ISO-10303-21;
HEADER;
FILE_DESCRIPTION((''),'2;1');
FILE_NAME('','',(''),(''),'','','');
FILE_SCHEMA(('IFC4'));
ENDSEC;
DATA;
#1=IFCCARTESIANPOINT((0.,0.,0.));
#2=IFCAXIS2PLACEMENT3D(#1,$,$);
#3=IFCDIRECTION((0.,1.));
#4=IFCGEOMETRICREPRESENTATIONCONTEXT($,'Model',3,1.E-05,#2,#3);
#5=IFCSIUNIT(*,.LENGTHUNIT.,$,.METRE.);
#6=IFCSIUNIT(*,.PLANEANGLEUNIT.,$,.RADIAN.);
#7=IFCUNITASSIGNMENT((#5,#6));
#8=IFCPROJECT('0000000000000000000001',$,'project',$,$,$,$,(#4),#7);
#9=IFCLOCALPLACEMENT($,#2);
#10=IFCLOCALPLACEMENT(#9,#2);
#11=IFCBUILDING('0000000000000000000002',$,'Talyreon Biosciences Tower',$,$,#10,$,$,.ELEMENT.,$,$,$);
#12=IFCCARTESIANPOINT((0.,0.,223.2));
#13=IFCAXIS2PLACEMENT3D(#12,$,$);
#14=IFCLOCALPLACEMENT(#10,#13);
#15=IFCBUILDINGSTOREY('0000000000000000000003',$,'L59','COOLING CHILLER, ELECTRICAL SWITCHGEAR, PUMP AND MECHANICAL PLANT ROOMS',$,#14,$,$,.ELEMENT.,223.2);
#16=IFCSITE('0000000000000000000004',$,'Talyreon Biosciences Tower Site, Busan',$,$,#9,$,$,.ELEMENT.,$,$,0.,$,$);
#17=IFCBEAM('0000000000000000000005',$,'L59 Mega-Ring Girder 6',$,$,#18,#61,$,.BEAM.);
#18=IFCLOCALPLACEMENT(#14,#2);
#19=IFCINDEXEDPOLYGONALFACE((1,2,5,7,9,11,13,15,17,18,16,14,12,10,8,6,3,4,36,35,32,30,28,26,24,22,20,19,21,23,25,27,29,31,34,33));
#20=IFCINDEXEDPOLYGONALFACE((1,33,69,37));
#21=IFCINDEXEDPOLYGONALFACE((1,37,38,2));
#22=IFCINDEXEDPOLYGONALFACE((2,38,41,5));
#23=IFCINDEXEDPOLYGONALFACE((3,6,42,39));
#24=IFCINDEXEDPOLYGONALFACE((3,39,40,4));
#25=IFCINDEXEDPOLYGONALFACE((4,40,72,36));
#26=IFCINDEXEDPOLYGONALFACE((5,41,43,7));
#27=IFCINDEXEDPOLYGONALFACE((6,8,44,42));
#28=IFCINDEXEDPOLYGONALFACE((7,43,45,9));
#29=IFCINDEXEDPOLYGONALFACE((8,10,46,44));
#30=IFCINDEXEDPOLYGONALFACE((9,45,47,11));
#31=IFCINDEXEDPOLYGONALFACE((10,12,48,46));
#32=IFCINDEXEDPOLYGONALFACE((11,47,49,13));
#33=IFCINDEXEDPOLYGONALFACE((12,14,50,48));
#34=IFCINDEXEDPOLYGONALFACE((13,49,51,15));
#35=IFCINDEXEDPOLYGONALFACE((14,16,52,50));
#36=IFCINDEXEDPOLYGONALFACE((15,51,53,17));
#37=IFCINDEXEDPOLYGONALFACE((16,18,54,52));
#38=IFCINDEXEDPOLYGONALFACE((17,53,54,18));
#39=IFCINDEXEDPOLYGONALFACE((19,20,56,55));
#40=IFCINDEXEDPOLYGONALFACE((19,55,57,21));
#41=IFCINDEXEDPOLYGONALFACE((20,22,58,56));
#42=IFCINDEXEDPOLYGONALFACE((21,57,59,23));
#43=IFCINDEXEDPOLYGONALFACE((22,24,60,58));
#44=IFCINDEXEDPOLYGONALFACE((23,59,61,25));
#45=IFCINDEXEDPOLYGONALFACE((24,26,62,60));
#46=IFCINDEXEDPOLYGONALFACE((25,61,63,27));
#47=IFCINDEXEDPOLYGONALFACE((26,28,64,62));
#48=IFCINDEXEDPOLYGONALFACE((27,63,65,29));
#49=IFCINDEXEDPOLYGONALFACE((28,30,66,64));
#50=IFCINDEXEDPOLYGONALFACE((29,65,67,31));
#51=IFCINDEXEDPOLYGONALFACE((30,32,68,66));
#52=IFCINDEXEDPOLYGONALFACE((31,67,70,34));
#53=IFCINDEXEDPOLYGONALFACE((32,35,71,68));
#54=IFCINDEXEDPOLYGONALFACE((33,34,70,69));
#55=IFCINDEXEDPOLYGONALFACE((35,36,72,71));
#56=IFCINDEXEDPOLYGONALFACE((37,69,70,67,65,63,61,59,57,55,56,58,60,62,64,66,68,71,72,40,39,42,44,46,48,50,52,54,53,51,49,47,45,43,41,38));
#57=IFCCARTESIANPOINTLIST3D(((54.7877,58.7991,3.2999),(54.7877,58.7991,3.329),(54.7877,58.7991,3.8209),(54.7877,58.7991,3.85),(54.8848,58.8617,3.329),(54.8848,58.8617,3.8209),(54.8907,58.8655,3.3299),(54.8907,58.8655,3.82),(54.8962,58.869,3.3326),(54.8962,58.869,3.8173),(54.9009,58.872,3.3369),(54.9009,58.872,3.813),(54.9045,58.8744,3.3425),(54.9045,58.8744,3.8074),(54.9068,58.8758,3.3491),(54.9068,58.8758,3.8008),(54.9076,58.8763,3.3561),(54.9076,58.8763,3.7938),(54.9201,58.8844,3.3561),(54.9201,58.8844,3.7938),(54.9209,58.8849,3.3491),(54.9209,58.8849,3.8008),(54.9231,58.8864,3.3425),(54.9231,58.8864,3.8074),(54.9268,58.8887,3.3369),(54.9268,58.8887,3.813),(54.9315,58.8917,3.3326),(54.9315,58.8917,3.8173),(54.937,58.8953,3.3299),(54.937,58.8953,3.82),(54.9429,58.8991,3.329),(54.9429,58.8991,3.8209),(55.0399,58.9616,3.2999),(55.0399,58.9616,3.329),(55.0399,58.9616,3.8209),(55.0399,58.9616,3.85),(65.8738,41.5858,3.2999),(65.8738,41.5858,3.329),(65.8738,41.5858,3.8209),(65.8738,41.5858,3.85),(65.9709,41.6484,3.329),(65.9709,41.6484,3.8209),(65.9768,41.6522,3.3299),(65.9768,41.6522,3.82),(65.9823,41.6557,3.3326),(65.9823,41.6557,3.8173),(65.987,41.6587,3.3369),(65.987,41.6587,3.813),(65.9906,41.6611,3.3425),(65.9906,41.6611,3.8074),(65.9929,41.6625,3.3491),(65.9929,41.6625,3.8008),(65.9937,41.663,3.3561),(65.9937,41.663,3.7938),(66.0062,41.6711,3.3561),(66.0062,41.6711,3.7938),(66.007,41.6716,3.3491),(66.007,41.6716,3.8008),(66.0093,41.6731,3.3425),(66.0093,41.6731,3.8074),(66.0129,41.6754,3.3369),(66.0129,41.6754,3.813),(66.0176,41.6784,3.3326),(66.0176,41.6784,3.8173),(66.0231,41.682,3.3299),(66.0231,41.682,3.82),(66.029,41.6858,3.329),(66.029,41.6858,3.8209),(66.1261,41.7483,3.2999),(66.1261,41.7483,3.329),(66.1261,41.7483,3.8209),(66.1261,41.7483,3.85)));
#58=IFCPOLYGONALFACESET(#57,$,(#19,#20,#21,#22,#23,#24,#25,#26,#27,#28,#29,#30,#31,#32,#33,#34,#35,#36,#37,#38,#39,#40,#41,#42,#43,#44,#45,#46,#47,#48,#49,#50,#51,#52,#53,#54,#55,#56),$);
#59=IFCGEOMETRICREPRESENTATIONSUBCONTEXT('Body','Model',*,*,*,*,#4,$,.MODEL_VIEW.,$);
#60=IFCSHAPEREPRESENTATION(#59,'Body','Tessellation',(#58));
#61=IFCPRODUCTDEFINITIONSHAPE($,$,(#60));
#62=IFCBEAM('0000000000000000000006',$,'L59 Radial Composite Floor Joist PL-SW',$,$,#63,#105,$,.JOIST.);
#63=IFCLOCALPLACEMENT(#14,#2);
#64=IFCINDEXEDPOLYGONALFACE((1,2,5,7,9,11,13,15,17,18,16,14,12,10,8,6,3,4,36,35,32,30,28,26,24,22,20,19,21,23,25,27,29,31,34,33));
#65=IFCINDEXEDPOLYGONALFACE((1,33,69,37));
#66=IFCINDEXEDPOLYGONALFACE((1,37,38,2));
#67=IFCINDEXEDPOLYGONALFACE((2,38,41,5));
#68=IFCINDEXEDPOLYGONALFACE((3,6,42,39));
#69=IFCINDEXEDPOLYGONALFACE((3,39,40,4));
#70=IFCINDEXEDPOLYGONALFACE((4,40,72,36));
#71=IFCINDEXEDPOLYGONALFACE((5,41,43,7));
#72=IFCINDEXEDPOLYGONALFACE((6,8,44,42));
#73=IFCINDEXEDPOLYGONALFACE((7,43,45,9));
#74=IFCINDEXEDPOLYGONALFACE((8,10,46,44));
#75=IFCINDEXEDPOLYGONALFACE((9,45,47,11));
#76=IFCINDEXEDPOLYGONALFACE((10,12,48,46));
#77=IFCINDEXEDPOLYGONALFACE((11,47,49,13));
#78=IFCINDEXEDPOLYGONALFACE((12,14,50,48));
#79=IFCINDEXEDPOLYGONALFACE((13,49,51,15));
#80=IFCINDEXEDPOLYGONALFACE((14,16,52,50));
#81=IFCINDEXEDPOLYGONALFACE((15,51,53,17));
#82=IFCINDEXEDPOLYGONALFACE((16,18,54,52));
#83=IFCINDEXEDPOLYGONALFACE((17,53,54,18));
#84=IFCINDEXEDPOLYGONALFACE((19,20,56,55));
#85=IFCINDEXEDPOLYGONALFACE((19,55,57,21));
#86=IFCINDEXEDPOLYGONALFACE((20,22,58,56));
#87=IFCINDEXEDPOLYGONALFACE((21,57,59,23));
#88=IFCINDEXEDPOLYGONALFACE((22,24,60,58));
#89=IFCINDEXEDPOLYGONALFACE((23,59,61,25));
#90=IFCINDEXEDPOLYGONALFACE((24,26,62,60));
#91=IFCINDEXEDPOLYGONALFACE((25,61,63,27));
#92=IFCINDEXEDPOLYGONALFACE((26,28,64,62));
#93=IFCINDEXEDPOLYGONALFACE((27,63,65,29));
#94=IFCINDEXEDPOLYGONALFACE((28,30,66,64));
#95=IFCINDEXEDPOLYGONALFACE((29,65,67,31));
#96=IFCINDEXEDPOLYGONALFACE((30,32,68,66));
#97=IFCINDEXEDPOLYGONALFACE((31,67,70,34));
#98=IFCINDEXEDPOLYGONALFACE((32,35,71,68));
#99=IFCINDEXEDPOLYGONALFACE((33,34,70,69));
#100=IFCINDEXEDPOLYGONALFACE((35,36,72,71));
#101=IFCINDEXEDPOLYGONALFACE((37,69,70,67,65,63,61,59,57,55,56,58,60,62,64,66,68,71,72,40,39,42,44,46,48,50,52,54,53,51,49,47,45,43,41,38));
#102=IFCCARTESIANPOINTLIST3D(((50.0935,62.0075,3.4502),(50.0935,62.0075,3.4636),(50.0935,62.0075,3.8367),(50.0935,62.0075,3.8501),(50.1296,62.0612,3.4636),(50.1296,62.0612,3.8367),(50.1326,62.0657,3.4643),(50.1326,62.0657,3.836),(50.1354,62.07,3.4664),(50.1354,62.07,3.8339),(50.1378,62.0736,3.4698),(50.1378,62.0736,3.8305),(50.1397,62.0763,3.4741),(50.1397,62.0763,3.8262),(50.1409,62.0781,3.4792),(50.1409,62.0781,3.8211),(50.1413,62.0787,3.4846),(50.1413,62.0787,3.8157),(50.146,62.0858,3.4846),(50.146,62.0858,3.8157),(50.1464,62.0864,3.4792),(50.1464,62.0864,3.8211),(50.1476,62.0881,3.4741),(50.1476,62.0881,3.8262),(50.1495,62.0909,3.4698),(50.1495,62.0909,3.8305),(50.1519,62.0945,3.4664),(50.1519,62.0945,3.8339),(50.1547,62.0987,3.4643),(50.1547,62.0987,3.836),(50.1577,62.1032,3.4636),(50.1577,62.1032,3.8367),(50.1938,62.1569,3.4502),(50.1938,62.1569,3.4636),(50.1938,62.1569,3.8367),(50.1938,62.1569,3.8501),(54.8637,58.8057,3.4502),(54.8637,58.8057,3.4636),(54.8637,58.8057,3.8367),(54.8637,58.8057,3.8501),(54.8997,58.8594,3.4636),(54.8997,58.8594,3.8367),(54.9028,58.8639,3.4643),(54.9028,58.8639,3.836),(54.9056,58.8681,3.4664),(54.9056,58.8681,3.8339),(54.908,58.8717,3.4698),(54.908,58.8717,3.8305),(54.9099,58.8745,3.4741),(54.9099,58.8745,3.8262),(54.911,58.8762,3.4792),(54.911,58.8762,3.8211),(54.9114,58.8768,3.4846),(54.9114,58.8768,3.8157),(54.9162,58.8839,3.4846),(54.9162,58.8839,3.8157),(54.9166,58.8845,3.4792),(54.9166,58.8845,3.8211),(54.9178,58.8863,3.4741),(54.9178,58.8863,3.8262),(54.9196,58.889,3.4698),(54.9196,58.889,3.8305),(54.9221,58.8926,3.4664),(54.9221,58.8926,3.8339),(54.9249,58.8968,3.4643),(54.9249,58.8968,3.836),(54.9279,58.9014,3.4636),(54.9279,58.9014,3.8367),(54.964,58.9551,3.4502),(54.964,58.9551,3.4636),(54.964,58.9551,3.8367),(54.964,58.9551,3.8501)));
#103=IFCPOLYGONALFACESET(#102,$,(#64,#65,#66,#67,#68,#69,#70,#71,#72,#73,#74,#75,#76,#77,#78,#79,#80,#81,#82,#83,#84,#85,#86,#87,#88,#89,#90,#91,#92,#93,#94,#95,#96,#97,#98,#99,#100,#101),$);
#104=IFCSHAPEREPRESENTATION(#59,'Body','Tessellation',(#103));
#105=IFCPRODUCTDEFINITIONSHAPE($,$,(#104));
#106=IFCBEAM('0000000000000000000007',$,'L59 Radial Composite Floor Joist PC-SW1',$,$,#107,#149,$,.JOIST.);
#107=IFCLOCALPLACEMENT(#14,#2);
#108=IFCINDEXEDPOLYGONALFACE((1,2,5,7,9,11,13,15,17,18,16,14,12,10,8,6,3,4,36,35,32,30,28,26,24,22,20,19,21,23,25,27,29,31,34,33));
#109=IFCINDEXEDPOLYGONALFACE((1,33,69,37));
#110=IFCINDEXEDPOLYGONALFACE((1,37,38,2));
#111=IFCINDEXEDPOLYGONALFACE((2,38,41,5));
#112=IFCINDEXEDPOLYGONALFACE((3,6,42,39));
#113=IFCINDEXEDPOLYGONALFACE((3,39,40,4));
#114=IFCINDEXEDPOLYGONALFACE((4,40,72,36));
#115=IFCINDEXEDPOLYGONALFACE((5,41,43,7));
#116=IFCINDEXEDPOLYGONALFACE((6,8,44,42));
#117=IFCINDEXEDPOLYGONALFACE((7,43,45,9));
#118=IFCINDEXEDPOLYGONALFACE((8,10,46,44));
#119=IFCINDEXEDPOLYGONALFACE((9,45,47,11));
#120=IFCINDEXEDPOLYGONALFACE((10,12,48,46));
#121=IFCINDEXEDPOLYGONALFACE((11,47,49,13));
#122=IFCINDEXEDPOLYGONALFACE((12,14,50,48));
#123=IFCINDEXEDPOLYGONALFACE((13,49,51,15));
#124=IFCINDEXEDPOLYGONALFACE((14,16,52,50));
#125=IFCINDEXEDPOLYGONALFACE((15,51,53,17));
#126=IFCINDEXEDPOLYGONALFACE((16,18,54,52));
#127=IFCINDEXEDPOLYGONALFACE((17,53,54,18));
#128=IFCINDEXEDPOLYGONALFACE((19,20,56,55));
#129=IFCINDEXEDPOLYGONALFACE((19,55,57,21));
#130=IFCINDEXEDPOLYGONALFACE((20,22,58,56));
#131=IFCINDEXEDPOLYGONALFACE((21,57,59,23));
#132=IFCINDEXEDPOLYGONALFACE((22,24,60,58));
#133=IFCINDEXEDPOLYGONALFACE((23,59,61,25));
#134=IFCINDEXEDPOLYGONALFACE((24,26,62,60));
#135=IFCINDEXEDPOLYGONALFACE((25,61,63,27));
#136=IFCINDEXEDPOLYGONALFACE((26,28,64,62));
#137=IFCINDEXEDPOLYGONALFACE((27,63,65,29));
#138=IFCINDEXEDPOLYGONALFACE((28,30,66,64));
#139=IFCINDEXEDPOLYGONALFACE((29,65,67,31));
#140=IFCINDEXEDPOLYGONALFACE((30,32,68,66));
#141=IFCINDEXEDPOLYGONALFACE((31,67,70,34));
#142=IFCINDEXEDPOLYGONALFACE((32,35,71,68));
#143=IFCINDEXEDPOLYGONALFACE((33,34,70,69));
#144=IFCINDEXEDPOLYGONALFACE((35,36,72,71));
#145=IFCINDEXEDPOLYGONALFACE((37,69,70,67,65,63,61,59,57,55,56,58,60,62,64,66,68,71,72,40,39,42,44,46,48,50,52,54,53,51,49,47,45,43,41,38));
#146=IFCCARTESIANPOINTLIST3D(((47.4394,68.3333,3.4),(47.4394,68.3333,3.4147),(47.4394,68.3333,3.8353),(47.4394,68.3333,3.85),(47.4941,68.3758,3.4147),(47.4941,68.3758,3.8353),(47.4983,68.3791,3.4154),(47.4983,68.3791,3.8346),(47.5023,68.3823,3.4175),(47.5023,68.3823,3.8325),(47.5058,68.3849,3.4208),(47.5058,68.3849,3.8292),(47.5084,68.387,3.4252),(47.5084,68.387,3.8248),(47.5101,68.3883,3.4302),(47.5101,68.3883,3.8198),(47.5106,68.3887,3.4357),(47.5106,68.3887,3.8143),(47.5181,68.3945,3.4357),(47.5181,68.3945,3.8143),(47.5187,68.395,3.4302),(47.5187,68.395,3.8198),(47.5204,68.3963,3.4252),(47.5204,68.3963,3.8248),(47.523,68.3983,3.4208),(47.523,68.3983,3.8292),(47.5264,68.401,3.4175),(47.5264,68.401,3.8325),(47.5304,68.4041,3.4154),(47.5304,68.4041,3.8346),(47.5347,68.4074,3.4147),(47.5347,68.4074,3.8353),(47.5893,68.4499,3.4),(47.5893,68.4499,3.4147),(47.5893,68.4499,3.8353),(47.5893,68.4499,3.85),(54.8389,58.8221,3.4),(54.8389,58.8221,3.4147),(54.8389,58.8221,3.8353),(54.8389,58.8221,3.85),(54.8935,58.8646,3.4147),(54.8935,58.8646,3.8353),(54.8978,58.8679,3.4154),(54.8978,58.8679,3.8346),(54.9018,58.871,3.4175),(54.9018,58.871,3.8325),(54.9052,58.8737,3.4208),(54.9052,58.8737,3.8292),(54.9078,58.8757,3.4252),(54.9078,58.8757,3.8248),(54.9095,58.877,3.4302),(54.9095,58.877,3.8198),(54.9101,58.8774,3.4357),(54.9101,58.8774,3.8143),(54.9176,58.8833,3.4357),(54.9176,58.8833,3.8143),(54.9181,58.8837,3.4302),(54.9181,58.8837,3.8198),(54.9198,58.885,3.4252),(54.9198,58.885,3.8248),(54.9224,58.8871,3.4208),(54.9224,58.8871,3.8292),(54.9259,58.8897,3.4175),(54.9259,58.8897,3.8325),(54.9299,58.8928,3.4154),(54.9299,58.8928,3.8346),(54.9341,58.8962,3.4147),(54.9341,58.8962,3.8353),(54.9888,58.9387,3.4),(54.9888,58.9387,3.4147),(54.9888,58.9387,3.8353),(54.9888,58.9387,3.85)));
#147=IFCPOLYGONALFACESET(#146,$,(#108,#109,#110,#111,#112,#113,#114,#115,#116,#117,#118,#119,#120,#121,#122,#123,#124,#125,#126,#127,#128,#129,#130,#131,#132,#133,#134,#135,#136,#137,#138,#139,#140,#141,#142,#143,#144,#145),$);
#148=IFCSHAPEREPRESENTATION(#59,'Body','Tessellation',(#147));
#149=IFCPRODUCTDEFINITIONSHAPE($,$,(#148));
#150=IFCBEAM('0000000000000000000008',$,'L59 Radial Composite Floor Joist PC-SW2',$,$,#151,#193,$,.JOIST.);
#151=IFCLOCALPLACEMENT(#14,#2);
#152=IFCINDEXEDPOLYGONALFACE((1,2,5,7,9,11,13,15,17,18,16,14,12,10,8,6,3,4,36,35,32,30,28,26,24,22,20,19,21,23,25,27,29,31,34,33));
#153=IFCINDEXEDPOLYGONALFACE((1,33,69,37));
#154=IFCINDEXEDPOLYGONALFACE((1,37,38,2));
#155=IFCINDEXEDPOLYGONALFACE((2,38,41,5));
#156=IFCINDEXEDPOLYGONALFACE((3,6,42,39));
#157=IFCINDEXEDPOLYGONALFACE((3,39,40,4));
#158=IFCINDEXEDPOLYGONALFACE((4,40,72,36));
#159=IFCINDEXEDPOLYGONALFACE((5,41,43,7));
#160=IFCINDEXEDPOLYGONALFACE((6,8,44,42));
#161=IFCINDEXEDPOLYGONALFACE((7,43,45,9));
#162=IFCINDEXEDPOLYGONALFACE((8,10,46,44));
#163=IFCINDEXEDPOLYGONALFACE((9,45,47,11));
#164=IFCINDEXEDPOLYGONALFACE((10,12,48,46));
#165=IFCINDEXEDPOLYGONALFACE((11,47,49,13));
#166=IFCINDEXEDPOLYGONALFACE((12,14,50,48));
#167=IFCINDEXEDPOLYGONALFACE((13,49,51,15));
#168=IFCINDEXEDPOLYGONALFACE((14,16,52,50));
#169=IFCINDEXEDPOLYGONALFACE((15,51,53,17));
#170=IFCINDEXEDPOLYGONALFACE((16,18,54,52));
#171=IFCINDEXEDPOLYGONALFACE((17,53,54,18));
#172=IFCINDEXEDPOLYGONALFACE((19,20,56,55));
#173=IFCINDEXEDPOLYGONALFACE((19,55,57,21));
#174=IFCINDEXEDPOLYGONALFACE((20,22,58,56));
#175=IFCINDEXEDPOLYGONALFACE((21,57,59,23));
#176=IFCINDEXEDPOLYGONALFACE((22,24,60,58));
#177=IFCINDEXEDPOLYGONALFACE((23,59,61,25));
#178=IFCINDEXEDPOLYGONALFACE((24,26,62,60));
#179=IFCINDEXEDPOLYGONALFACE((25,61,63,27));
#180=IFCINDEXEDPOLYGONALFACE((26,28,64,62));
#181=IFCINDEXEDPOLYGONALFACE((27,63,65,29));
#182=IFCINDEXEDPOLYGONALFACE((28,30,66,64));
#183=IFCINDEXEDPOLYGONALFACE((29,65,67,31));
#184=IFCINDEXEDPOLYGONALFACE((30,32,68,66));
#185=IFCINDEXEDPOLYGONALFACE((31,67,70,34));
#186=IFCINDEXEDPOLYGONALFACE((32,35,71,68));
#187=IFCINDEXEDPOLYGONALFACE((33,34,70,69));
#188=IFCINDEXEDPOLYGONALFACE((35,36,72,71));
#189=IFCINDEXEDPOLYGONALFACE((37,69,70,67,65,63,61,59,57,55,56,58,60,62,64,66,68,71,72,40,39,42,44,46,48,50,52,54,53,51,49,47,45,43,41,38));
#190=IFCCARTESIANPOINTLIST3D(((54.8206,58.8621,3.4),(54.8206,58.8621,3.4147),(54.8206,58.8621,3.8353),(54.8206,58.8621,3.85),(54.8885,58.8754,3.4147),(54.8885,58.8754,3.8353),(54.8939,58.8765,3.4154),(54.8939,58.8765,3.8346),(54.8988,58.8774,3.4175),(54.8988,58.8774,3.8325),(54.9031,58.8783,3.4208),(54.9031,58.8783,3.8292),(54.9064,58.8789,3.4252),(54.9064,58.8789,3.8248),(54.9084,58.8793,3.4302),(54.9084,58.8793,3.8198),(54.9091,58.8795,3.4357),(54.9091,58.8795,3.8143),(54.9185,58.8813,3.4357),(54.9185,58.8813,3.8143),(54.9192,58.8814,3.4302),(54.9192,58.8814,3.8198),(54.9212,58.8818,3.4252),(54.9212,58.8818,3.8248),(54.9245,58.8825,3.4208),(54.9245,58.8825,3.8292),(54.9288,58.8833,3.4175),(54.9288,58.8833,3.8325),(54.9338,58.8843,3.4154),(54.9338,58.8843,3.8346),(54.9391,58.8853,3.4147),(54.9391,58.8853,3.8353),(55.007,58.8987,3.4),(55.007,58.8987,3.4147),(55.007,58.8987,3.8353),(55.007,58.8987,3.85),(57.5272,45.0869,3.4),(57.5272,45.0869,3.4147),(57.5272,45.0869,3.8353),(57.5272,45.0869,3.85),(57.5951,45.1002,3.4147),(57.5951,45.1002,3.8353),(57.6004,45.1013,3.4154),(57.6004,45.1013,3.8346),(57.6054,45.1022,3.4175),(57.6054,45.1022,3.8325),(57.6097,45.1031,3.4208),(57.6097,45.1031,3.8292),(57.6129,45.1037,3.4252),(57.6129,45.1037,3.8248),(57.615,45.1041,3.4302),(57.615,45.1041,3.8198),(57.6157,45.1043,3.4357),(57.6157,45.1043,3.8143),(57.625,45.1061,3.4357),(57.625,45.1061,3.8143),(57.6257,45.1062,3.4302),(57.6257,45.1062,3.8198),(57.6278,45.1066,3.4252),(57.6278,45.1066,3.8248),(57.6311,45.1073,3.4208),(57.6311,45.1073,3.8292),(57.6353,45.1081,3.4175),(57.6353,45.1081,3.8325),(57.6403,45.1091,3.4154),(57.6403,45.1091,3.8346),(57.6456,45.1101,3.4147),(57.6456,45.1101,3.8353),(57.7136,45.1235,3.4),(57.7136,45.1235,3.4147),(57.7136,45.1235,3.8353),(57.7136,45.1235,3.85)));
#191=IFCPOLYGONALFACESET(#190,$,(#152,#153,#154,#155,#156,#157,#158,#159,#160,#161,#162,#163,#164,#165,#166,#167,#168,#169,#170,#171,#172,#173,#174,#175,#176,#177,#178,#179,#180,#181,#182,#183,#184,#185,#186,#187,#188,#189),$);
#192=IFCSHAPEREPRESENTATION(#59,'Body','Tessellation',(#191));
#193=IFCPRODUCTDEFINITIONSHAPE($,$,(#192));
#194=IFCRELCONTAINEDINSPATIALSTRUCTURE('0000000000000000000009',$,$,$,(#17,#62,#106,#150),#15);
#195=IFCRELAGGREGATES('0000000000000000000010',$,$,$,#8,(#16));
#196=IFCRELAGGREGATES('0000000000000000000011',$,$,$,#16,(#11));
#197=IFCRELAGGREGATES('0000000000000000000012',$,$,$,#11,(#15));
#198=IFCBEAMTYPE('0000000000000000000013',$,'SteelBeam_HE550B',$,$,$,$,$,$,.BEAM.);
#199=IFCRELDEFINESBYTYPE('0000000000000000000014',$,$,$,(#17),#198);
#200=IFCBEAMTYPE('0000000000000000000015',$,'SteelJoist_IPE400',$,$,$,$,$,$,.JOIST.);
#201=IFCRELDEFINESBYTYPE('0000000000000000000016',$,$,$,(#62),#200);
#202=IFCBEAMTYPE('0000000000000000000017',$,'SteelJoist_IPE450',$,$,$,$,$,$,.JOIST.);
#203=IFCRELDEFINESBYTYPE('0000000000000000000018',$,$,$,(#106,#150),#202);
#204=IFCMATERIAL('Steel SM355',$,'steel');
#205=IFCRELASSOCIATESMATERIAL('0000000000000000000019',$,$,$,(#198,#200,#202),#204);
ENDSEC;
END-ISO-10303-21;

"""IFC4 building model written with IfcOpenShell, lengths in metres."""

from ifc_helpers import new_model, si_unit, direction, frame, origin, origin_2d, place, context, subcontext, project, spatial, i_section, extrude, material, material_profile, profile_set, type_object, element, save


model = new_model("IFC4")

# Units and contexts
model_context = context("Model", 3, precision=1e-05, world=origin(), true_north=direction((0.0, 1.0)))
body_context = subcontext(model_context, "Body", "Model", "MODEL_VIEW")
ifc_project = project(units=[si_unit("LENGTHUNIT", "METRE"), si_unit("PLANEANGLEUNIT", "RADIAN")], contexts=[model_context])

# Site, building, storey
site_placement = place(None, origin())
site = spatial("IfcSite", under=ifc_project, at=site_placement, Name="Talyreon Biosciences Tower Site, Busan", CompositionType="ELEMENT", RefElevation=0.0)
building_placement = place(site_placement, origin())
building = spatial("IfcBuilding", under=site, at=building_placement, Name="Talyreon Biosciences Tower", CompositionType="ELEMENT")
storey_placement = place(building_placement, frame((0.0, 0.0, 223.2)))
storey = spatial("IfcBuildingStorey", under=building, at=storey_placement, Name="L59", Description="COOLING CHILLER, ELECTRICAL SWITCHGEAR, PUMP AND MECHANICAL PLANT ROOMS", CompositionType="ELEMENT", Elevation=223.2)

# Shared definitions
ifc_material_1 = material(Name="Steel SM355", Category="steel")

# Beams
ifc_material_profile_1 = material_profile(ifc_material_1, i_section(OverallWidth=0.3, OverallDepth=0.55, WebThickness=0.0149, FlangeThickness=0.0291, FilletRadius=0.0271, at=origin_2d()), Name="HE550B")
ifc_profile_set_1 = profile_set([ifc_material_profile_1], Name="Steel SM355")
beam_type_1 = type_object("IfcBeamType", Name="SteelBeam_HE550B", PredefinedType="BEAM", material=ifc_profile_set_1)
beam_1_placement = place(storey_placement, frame((54.9138, 58.8804, 3.575), z_axis=(0.541464, -0.840724, 0.0), x_axis=(0.840724, 0.541464, 0.0)))
element("IfcBeam", 1, at=beam_1_placement, inside=storey, type_object=beam_type_1, Name="L59 Mega-Ring Girder 6", PredefinedType="BEAM", context=body_context, shape_type="SweptSolid", body=[
    extrude(i_section(OverallWidth=0.3, OverallDepth=0.55, WebThickness=0.0149, FlangeThickness=0.0291, FilletRadius=0.0271, at=origin_2d()), origin(), (0.0, 0.0, 1.0), 20.4744),
])
ifc_material_profile_2 = material_profile(ifc_material_1, i_section(OverallWidth=0.1799, OverallDepth=0.3999, WebThickness=0.0085, FlangeThickness=0.0134, FilletRadius=0.021, at=origin_2d()), Name="IPE400")
ifc_profile_set_2 = profile_set([ifc_material_profile_2], Name="Steel SM355")
beam_type_2 = type_object("IfcBeamType", Name="SteelJoist_IPE400", PredefinedType="JOIST", material=ifc_profile_set_2)
beam_2_placement = place(storey_placement, frame((54.9138, 58.8804, 3.6501), z_axis=(-0.830301, 0.557316, 0.0), x_axis=(-0.557316, -0.830301, 0.0)))
element("IfcBeam", 2, at=beam_2_placement, inside=storey, type_object=beam_type_2, Name="L59 Radial Composite Floor Joist PL-SW", PredefinedType="JOIST", context=body_context, shape_type="SweptSolid", body=[
    extrude(i_section(OverallWidth=0.1799, OverallDepth=0.3999, WebThickness=0.0085, FlangeThickness=0.0134, FilletRadius=0.021, at=origin_2d()), origin(), (0.0, 0.0, 1.0), 5.7451),
])
ifc_material_profile_3 = material_profile(ifc_material_1, i_section(OverallWidth=0.1899, OverallDepth=0.45, WebThickness=0.0095, FlangeThickness=0.0146, FilletRadius=0.021, at=origin_2d()), Name="IPE450")
ifc_profile_set_3 = profile_set([ifc_material_profile_3], Name="Steel SM355")
beam_type_3 = type_object("IfcBeamType", Name="SteelJoist_IPE450", PredefinedType="JOIST", material=ifc_profile_set_3)
beam_3_placement = place(storey_placement, frame((54.9138, 58.8804, 3.625), z_axis=(-0.614033, 0.78928, 0.0), x_axis=(-0.78928, -0.614033, 0.0)))
element("IfcBeam", 3, at=beam_3_placement, inside=storey, type_object=beam_type_3, Name="L59 Radial Composite Floor Joist PC-SW1", PredefinedType="JOIST", context=body_context, shape_type="SweptSolid", body=[
    extrude(i_section(OverallWidth=0.1899, OverallDepth=0.45, WebThickness=0.0095, FlangeThickness=0.0146, FilletRadius=0.021, at=origin_2d()), origin(), (0.0, 0.0, 1.0), 12.0505),
])
beam_4_placement = place(storey_placement, frame((54.9138, 58.8804, 3.625), z_axis=(0.192794, -0.981239, 0.0), x_axis=(0.981239, 0.192794, 0.0)))
element("IfcBeam", 4, at=beam_4_placement, inside=storey, type_object=beam_type_3, Name="L59 Radial Composite Floor Joist PC-SW2", PredefinedType="JOIST", context=body_context, shape_type="SweptSolid", body=[
    extrude(i_section(OverallWidth=0.1899, OverallDepth=0.45, WebThickness=0.0095, FlangeThickness=0.0146, FilletRadius=0.021, at=origin_2d()), origin(), (0.0, 0.0, 1.0), 14.0386),
])

save(model, "model.ifc")
